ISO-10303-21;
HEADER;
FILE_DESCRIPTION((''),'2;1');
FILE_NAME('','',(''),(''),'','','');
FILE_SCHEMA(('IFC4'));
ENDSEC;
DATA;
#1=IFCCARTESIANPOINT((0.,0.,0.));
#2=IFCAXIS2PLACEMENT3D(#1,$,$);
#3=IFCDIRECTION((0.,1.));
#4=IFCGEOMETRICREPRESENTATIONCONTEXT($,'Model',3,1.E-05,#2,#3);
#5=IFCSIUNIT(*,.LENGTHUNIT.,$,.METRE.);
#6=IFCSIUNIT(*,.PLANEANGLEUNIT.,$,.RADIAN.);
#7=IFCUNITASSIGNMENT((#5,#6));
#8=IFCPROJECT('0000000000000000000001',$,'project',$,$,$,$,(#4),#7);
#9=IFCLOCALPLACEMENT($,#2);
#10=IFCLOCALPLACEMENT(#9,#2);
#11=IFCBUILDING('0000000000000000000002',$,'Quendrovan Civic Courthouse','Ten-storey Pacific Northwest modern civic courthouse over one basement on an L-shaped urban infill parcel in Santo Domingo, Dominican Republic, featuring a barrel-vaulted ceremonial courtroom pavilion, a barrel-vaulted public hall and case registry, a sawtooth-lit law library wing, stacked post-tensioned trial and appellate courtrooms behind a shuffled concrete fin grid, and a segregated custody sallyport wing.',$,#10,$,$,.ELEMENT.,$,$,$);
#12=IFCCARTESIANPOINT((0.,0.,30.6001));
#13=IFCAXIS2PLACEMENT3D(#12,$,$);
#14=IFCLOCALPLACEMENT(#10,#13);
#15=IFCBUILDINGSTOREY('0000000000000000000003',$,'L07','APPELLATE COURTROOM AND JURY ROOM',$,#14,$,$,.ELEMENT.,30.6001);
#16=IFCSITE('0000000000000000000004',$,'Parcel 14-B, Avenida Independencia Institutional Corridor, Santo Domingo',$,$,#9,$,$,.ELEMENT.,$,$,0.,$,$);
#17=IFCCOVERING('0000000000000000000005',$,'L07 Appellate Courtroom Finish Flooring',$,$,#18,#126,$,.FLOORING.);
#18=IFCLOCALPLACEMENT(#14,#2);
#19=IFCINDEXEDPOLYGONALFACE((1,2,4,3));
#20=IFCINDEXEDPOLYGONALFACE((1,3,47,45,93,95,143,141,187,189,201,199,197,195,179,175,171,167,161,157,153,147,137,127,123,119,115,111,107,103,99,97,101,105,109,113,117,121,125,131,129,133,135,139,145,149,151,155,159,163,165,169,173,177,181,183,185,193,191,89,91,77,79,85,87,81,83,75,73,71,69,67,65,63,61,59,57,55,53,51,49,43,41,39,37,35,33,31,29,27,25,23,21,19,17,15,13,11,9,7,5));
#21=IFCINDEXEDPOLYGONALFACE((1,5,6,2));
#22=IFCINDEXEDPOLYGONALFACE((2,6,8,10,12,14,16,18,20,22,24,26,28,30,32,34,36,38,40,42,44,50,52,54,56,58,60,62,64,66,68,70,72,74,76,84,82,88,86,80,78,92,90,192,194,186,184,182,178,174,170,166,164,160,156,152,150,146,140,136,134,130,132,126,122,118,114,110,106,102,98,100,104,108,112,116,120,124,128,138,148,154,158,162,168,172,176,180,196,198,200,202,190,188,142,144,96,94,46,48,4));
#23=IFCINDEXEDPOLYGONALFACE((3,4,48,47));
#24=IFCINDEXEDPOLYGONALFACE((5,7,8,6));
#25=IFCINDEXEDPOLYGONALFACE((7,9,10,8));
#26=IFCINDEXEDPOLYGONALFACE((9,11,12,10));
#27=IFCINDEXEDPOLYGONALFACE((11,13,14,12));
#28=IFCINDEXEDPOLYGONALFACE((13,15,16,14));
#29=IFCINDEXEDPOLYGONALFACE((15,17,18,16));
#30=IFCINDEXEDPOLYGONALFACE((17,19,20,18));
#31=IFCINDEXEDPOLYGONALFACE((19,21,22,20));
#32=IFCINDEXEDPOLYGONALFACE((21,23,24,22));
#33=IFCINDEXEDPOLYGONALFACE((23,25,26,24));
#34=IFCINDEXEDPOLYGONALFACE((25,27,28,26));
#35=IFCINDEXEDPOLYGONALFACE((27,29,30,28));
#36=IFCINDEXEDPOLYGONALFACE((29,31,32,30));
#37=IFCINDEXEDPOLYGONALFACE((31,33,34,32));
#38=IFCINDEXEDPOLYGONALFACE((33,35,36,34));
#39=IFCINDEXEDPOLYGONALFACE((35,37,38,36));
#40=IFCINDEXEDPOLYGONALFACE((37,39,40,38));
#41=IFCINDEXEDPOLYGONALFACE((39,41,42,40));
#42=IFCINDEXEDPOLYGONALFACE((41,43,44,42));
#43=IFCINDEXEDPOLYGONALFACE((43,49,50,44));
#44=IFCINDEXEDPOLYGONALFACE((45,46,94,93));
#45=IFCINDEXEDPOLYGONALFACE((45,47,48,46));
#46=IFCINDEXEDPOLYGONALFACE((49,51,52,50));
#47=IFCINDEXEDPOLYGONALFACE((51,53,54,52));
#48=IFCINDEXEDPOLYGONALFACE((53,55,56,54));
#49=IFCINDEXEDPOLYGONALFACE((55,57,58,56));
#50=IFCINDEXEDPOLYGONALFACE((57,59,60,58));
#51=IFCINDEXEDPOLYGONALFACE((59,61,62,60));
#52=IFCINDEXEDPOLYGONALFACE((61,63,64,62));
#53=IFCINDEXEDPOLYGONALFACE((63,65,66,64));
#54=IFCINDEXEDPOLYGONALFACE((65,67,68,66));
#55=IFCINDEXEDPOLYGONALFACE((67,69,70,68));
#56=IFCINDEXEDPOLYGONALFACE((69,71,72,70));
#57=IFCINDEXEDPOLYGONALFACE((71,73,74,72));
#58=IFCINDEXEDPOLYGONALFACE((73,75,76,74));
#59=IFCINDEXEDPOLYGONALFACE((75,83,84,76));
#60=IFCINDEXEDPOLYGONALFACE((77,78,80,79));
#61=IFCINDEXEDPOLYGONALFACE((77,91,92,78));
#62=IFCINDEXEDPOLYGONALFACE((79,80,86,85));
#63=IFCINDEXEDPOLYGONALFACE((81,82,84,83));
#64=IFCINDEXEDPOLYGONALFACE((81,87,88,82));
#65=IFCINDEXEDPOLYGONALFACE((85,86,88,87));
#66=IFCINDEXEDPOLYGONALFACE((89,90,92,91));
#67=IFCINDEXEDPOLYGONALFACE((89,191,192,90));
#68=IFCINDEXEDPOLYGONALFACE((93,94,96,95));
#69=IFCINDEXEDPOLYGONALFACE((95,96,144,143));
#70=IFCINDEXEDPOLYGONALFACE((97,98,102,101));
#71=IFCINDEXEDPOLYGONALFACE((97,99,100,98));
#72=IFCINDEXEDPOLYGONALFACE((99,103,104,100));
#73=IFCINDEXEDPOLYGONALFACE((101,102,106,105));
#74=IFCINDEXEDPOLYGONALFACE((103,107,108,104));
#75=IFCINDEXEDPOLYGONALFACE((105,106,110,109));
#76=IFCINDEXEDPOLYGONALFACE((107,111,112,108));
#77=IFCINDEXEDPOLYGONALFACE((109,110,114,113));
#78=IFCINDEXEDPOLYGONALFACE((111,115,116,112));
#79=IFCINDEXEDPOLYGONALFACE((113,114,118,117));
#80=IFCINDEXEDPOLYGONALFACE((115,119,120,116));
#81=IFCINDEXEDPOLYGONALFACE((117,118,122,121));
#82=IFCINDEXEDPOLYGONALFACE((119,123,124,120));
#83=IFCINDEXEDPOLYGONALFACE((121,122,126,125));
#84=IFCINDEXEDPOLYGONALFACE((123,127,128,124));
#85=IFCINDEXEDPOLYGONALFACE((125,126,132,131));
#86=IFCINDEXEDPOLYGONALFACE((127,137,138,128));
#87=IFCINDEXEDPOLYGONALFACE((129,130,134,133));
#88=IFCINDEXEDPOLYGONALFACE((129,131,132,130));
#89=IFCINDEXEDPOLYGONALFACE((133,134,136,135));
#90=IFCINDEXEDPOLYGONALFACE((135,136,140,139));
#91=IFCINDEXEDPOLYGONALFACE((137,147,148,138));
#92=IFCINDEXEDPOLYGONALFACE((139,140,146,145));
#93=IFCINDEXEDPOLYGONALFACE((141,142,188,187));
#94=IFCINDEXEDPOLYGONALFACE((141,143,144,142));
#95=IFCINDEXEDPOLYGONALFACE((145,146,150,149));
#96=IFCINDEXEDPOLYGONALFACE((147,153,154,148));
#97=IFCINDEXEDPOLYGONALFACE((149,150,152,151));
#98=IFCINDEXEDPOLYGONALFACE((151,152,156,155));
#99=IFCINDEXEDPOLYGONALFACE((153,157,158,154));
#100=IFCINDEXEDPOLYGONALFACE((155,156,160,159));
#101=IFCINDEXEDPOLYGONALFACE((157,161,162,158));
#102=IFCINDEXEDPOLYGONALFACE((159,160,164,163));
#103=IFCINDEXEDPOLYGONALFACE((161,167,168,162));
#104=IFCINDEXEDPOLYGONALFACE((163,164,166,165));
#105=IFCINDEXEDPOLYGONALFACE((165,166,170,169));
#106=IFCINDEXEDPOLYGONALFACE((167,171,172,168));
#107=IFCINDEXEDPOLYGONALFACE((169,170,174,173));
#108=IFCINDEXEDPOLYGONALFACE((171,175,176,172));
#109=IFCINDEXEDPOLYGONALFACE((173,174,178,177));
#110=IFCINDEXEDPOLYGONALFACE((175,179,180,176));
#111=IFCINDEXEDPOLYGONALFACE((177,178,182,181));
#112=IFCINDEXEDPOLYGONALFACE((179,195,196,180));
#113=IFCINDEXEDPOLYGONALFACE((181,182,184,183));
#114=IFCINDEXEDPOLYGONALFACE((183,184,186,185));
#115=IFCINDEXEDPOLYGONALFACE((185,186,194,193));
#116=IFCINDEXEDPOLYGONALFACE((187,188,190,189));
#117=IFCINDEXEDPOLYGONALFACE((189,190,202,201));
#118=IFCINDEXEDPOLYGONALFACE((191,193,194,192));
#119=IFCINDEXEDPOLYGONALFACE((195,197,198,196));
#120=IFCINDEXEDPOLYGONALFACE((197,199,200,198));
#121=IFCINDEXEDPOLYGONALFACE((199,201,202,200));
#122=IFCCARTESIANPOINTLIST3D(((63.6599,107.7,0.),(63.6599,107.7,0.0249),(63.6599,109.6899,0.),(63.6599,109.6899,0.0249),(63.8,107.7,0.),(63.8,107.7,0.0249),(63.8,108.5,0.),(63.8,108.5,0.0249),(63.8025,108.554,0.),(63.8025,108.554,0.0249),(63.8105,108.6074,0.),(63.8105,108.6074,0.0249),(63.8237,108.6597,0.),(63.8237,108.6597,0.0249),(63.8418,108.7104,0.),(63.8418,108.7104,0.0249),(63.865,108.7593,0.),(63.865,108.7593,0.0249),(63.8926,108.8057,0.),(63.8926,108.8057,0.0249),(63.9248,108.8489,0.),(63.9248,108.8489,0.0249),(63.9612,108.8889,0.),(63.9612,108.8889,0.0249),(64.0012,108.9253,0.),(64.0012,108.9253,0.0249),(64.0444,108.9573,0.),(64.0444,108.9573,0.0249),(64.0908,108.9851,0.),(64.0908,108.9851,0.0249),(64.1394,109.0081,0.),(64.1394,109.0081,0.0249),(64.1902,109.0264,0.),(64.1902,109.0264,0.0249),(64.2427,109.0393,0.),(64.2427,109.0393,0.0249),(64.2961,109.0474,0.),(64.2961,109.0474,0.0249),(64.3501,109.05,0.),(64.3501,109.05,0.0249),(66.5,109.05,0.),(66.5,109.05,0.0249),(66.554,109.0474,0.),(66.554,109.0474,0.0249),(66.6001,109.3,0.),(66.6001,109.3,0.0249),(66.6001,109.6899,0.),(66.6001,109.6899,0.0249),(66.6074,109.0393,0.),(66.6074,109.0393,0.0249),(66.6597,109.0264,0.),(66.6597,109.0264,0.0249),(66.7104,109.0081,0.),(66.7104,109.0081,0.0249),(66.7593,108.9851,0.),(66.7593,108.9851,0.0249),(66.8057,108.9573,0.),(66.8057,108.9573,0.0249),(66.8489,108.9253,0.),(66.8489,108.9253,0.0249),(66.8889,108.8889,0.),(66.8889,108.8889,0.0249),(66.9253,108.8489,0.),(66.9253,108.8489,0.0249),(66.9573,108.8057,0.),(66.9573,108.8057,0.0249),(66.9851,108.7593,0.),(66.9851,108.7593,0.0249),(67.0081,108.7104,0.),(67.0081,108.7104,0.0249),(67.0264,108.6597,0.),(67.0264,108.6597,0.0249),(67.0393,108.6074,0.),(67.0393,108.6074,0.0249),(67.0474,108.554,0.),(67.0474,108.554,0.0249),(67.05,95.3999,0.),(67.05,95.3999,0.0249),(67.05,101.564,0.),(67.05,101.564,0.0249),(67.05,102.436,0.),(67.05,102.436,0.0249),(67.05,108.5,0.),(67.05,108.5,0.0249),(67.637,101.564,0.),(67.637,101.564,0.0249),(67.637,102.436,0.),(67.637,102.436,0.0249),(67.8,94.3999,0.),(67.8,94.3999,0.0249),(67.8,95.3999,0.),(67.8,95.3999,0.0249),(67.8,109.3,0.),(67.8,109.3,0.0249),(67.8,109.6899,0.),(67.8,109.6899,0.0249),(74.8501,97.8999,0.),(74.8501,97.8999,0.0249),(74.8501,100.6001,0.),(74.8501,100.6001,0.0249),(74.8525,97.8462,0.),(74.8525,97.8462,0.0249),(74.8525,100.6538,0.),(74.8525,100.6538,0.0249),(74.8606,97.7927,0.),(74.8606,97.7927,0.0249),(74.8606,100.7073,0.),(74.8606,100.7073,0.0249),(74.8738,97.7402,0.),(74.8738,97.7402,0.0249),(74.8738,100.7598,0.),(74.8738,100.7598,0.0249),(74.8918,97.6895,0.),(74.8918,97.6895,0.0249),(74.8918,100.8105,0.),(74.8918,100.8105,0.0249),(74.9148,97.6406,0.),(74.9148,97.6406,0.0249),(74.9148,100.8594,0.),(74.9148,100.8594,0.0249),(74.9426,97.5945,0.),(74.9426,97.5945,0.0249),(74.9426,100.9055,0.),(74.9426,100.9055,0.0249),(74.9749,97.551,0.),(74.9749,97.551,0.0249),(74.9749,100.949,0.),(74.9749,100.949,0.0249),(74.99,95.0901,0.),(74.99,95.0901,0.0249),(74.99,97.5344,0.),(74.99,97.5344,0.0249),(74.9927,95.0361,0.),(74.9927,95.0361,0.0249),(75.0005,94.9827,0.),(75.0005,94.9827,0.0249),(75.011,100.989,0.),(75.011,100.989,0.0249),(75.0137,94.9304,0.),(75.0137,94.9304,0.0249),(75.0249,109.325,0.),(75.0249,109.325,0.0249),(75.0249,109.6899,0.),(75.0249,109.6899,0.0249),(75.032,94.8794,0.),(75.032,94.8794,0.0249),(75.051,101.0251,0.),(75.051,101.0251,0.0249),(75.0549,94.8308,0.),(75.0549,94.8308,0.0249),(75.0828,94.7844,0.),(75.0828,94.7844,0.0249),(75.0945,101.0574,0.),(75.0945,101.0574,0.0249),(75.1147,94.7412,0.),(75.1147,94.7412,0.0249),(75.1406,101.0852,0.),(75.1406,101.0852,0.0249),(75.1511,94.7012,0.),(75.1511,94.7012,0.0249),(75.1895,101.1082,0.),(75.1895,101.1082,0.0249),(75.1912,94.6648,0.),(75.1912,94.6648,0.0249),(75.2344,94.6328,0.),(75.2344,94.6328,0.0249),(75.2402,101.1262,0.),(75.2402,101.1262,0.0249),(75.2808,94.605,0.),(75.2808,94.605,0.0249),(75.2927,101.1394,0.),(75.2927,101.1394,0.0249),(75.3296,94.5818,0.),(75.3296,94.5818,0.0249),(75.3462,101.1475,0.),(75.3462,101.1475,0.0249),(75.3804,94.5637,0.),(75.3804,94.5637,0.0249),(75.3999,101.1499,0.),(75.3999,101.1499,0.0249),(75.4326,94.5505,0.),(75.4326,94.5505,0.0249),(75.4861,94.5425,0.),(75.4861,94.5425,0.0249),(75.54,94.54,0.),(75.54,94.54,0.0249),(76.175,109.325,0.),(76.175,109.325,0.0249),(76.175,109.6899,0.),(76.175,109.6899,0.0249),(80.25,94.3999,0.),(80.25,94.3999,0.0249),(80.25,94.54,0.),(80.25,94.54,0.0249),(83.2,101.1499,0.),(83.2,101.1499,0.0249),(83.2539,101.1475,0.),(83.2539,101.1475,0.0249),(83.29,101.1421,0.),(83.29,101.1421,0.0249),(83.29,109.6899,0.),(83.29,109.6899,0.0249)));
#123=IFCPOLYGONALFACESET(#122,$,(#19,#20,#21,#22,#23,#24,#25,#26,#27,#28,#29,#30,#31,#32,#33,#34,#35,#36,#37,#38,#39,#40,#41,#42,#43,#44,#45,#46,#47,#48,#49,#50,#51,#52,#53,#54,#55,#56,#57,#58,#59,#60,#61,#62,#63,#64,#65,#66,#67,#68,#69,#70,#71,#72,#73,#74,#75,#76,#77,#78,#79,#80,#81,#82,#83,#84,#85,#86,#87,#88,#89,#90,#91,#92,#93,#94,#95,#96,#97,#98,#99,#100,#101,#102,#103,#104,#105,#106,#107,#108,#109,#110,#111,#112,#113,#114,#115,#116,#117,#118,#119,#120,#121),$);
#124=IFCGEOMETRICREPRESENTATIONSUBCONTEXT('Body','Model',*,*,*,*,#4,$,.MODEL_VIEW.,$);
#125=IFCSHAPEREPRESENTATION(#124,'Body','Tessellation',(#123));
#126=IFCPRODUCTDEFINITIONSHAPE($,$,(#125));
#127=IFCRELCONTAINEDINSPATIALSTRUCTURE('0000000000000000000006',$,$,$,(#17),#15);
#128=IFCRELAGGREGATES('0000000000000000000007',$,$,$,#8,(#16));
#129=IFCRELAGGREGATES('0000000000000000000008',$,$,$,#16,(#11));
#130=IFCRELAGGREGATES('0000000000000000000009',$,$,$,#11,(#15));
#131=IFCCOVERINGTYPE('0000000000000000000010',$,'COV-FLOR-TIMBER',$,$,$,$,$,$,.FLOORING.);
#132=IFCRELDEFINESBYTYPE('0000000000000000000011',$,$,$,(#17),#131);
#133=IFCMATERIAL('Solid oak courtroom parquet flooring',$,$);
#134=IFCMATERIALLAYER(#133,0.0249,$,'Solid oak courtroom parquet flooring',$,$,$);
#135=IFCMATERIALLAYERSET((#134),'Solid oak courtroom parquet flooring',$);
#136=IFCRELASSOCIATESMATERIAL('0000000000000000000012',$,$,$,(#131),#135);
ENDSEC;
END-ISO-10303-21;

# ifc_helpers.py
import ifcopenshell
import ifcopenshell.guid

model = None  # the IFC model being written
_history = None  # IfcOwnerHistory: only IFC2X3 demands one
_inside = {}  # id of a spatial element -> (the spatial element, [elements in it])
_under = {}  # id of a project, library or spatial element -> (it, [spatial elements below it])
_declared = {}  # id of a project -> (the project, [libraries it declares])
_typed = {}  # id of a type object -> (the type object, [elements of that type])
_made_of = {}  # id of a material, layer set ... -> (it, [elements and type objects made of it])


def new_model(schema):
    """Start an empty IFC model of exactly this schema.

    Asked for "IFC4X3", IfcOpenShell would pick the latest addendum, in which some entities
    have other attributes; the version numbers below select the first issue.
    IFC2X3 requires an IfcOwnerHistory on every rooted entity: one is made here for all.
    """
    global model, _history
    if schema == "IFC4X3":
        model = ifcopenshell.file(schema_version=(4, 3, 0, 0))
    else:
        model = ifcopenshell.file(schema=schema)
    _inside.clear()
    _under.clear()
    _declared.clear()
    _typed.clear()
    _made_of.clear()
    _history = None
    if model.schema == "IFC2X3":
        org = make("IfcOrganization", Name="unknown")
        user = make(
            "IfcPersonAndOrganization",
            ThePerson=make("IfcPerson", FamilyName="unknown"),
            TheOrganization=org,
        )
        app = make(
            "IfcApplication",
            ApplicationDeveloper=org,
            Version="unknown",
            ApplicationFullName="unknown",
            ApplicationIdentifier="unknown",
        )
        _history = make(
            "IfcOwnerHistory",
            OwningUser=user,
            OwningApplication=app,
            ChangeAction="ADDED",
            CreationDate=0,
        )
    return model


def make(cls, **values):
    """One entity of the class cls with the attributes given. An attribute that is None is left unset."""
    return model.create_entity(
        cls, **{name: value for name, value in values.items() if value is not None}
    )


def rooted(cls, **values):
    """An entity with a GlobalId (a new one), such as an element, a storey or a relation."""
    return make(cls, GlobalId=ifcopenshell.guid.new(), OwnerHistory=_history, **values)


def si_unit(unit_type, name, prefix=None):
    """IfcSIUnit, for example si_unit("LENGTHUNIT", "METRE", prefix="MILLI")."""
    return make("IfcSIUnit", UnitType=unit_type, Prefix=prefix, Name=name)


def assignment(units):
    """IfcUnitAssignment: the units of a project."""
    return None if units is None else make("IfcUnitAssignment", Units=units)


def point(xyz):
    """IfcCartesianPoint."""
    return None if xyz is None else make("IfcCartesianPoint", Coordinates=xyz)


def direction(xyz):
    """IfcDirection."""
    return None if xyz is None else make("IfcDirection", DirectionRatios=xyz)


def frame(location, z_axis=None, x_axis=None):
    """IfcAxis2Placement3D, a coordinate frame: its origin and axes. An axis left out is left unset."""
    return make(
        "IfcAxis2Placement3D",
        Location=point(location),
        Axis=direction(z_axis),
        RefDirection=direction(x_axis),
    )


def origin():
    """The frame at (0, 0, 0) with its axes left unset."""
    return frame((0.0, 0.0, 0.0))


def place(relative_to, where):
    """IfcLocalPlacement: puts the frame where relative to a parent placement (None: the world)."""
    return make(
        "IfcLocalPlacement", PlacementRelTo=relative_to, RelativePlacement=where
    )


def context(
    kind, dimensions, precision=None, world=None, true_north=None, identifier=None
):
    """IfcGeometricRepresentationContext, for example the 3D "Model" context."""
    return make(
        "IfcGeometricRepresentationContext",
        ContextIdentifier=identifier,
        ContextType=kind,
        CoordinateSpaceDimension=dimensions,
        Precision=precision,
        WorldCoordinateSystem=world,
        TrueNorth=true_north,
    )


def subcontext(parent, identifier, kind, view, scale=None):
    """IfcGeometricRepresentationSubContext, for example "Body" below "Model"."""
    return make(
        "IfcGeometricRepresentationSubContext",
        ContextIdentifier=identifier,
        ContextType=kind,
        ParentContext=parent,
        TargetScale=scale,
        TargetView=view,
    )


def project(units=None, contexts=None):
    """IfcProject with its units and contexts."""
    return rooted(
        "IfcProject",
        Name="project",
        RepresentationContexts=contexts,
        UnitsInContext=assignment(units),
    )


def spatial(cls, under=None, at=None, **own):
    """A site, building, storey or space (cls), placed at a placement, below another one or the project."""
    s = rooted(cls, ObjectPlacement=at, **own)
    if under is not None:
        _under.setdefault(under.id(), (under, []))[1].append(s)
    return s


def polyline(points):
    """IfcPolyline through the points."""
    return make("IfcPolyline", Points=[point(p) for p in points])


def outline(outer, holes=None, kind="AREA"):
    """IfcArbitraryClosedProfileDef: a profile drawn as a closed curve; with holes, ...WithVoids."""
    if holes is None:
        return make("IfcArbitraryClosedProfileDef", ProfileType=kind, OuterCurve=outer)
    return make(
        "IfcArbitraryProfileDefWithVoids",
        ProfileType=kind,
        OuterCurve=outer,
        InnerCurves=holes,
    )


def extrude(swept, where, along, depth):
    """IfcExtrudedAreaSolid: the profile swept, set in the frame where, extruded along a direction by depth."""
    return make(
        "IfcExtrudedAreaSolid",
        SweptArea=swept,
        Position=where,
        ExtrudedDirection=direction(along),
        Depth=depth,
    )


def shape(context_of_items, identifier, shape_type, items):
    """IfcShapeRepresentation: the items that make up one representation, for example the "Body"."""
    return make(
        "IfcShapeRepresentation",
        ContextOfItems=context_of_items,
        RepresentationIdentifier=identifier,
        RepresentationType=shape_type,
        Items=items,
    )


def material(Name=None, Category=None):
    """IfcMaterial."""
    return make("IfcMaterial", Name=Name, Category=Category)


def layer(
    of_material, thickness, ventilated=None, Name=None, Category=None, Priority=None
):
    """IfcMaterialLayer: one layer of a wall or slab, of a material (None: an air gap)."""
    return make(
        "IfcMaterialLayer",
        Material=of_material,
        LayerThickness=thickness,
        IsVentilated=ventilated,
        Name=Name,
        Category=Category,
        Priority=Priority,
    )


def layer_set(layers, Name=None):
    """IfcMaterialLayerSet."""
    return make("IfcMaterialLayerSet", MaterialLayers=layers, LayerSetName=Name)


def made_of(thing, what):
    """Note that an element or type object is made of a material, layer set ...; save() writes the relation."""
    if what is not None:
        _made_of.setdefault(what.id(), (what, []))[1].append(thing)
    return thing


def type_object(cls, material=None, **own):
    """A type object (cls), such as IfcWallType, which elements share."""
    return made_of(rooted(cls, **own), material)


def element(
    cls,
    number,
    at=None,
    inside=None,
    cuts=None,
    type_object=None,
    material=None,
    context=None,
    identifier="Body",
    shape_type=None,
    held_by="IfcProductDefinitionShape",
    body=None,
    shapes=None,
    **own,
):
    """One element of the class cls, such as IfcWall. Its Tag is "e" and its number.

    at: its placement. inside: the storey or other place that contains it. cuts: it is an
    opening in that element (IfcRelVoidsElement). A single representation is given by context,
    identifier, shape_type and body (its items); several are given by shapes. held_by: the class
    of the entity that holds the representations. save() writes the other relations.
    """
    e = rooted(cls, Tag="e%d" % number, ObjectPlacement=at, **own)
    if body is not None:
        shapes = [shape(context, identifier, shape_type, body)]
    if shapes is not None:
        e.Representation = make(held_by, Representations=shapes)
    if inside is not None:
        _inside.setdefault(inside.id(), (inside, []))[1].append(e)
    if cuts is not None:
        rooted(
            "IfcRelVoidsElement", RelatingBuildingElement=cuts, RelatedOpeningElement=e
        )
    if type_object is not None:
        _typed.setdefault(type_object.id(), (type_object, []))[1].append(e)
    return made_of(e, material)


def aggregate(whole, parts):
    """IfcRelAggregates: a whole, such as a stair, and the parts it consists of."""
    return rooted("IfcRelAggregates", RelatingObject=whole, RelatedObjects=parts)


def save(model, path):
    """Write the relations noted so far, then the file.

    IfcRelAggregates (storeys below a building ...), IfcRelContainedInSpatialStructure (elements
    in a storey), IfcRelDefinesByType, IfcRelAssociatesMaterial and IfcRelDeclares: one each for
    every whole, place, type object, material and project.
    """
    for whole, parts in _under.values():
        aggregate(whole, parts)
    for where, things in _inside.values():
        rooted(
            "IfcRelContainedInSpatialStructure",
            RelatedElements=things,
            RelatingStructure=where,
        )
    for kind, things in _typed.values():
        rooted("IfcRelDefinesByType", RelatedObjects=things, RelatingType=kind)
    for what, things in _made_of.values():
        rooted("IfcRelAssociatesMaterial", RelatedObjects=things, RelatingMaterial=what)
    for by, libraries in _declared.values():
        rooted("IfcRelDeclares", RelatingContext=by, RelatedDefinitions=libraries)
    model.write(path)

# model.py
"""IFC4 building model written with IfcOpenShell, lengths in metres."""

from ifc_helpers import new_model, si_unit, direction, frame, origin, place, context, subcontext, project, spatial, polyline, outline, extrude, material, layer, layer_set, type_object, element, save


model = new_model("IFC4")

# Units and contexts
model_context = context("Model", 3, precision=1e-05, world=origin(), true_north=direction((0.0, 1.0)))
body_context = subcontext(model_context, "Body", "Model", "MODEL_VIEW")
ifc_project = project(units=[si_unit("LENGTHUNIT", "METRE"), si_unit("PLANEANGLEUNIT", "RADIAN")], contexts=[model_context])

# Site, building, storey
site_placement = place(None, origin())
site = spatial("IfcSite", under=ifc_project, at=site_placement, Name="Parcel 14-B, Avenida Independencia Institutional Corridor, Santo Domingo", CompositionType="ELEMENT", RefElevation=0.0)
building_placement = place(site_placement, origin())
building = spatial("IfcBuilding", under=site, at=building_placement, Name="Quendrovan Civic Courthouse", Description="Ten-storey Pacific Northwest modern civic courthouse over one basement on an L-shaped urban infill parcel in Santo Domingo, Dominican Republic, featuring a barrel-vaulted ceremonial courtroom pavilion, a barrel-vaulted public hall and case registry, a sawtooth-lit law library wing, stacked post-tensioned trial and appellate courtrooms behind a shuffled concrete fin grid, and a segregated custody sallyport wing.", CompositionType="ELEMENT")
storey_placement = place(building_placement, frame((0.0, 0.0, 30.6001)))
storey = spatial("IfcBuildingStorey", under=building, at=storey_placement, Name="L07", Description="APPELLATE COURTROOM AND JURY ROOM", CompositionType="ELEMENT", Elevation=30.6001)

# Covering
ifc_material_1 = material(Name="Solid oak courtroom parquet flooring")
ifc_layer_1 = layer(ifc_material_1, 0.0249, Name="Solid oak courtroom parquet flooring")
ifc_layer_set_1 = layer_set([ifc_layer_1], Name="Solid oak courtroom parquet flooring")
covering_type_1 = type_object("IfcCoveringType", Name="COV-FLOR-TIMBER", PredefinedType="FLOORING", material=ifc_layer_set_1)
covering_1_placement = place(storey_placement, origin())
element("IfcCovering", 1, at=covering_1_placement, inside=storey, type_object=covering_type_1, Name="L07 Appellate Courtroom Finish Flooring", PredefinedType="FLOORING", context=body_context, shape_type="SweptSolid", body=[
    extrude(outline(polyline([(67.8, 94.3999), (67.8, 95.3999), (67.05, 95.3999), (67.05, 101.564), (67.637, 101.564), (67.637, 102.436), (67.05, 102.436), (67.05, 108.5), (67.0474, 108.554), (67.0393, 108.6074), (67.0264, 108.6597), (67.0081, 108.7104), (66.9851, 108.7593), (66.9573, 108.8057), (66.9253, 108.8489), (66.8889, 108.8889), (66.8489, 108.9253), (66.8057, 108.9573), (66.7593, 108.9851), (66.7104, 109.0081), (66.6597, 109.0264), (66.6074, 109.0393), (66.554, 109.0474), (66.5, 109.05), (64.3501, 109.05), (64.2961, 109.0474), (64.2427, 109.0393), (64.1902, 109.0264), (64.1394, 109.0081), (64.0908, 108.9851), (64.0444, 108.9573), (64.0012, 108.9253), (63.9612, 108.8889), (63.9248, 108.8489), (63.8926, 108.8057), (63.865, 108.7593), (63.8418, 108.7104), (63.8237, 108.6597), (63.8105, 108.6074), (63.8025, 108.554), (63.8, 108.5), (63.8, 107.7), (63.6599, 107.7), (63.6599, 109.6899), (66.6001, 109.6899), (66.6001, 109.3), (67.8, 109.3), (67.8, 109.6899), (75.0249, 109.6899), (75.0249, 109.325), (76.175, 109.325), (76.175, 109.6899), (83.29, 109.6899), (83.29, 101.1421), (83.2539, 101.1475), (83.2, 101.1499), (75.3999, 101.1499), (75.3462, 101.1475), (75.2927, 101.1394), (75.2402, 101.1262), (75.1895, 101.1082), (75.1406, 101.0852), (75.0945, 101.0574), (75.051, 101.0251), (75.011, 100.989), (74.9749, 100.949), (74.9426, 100.9055), (74.9148, 100.8594), (74.8918, 100.8105), (74.8738, 100.7598), (74.8606, 100.7073), (74.8525, 100.6538), (74.8501, 100.6001), (74.8501, 97.8999), (74.8525, 97.8462), (74.8606, 97.7927), (74.8738, 97.7402), (74.8918, 97.6895), (74.9148, 97.6406), (74.9426, 97.5945), (74.9749, 97.551), (74.99, 97.5344), (74.99, 95.0901), (74.9927, 95.0361), (75.0005, 94.9827), (75.0137, 94.9304), (75.032, 94.8794), (75.0549, 94.8308), (75.0828, 94.7844), (75.1147, 94.7412), (75.1511, 94.7012), (75.1912, 94.6648), (75.2344, 94.6328), (75.2808, 94.605), (75.3296, 94.5818), (75.3804, 94.5637), (75.4326, 94.5505), (75.4861, 94.5425), (75.54, 94.54), (80.25, 94.54), (80.25, 94.3999), (67.8, 94.3999)])), origin(), (0.0, 0.0, 1.0), 0.0249),
])

save(model, "model.ifc")
